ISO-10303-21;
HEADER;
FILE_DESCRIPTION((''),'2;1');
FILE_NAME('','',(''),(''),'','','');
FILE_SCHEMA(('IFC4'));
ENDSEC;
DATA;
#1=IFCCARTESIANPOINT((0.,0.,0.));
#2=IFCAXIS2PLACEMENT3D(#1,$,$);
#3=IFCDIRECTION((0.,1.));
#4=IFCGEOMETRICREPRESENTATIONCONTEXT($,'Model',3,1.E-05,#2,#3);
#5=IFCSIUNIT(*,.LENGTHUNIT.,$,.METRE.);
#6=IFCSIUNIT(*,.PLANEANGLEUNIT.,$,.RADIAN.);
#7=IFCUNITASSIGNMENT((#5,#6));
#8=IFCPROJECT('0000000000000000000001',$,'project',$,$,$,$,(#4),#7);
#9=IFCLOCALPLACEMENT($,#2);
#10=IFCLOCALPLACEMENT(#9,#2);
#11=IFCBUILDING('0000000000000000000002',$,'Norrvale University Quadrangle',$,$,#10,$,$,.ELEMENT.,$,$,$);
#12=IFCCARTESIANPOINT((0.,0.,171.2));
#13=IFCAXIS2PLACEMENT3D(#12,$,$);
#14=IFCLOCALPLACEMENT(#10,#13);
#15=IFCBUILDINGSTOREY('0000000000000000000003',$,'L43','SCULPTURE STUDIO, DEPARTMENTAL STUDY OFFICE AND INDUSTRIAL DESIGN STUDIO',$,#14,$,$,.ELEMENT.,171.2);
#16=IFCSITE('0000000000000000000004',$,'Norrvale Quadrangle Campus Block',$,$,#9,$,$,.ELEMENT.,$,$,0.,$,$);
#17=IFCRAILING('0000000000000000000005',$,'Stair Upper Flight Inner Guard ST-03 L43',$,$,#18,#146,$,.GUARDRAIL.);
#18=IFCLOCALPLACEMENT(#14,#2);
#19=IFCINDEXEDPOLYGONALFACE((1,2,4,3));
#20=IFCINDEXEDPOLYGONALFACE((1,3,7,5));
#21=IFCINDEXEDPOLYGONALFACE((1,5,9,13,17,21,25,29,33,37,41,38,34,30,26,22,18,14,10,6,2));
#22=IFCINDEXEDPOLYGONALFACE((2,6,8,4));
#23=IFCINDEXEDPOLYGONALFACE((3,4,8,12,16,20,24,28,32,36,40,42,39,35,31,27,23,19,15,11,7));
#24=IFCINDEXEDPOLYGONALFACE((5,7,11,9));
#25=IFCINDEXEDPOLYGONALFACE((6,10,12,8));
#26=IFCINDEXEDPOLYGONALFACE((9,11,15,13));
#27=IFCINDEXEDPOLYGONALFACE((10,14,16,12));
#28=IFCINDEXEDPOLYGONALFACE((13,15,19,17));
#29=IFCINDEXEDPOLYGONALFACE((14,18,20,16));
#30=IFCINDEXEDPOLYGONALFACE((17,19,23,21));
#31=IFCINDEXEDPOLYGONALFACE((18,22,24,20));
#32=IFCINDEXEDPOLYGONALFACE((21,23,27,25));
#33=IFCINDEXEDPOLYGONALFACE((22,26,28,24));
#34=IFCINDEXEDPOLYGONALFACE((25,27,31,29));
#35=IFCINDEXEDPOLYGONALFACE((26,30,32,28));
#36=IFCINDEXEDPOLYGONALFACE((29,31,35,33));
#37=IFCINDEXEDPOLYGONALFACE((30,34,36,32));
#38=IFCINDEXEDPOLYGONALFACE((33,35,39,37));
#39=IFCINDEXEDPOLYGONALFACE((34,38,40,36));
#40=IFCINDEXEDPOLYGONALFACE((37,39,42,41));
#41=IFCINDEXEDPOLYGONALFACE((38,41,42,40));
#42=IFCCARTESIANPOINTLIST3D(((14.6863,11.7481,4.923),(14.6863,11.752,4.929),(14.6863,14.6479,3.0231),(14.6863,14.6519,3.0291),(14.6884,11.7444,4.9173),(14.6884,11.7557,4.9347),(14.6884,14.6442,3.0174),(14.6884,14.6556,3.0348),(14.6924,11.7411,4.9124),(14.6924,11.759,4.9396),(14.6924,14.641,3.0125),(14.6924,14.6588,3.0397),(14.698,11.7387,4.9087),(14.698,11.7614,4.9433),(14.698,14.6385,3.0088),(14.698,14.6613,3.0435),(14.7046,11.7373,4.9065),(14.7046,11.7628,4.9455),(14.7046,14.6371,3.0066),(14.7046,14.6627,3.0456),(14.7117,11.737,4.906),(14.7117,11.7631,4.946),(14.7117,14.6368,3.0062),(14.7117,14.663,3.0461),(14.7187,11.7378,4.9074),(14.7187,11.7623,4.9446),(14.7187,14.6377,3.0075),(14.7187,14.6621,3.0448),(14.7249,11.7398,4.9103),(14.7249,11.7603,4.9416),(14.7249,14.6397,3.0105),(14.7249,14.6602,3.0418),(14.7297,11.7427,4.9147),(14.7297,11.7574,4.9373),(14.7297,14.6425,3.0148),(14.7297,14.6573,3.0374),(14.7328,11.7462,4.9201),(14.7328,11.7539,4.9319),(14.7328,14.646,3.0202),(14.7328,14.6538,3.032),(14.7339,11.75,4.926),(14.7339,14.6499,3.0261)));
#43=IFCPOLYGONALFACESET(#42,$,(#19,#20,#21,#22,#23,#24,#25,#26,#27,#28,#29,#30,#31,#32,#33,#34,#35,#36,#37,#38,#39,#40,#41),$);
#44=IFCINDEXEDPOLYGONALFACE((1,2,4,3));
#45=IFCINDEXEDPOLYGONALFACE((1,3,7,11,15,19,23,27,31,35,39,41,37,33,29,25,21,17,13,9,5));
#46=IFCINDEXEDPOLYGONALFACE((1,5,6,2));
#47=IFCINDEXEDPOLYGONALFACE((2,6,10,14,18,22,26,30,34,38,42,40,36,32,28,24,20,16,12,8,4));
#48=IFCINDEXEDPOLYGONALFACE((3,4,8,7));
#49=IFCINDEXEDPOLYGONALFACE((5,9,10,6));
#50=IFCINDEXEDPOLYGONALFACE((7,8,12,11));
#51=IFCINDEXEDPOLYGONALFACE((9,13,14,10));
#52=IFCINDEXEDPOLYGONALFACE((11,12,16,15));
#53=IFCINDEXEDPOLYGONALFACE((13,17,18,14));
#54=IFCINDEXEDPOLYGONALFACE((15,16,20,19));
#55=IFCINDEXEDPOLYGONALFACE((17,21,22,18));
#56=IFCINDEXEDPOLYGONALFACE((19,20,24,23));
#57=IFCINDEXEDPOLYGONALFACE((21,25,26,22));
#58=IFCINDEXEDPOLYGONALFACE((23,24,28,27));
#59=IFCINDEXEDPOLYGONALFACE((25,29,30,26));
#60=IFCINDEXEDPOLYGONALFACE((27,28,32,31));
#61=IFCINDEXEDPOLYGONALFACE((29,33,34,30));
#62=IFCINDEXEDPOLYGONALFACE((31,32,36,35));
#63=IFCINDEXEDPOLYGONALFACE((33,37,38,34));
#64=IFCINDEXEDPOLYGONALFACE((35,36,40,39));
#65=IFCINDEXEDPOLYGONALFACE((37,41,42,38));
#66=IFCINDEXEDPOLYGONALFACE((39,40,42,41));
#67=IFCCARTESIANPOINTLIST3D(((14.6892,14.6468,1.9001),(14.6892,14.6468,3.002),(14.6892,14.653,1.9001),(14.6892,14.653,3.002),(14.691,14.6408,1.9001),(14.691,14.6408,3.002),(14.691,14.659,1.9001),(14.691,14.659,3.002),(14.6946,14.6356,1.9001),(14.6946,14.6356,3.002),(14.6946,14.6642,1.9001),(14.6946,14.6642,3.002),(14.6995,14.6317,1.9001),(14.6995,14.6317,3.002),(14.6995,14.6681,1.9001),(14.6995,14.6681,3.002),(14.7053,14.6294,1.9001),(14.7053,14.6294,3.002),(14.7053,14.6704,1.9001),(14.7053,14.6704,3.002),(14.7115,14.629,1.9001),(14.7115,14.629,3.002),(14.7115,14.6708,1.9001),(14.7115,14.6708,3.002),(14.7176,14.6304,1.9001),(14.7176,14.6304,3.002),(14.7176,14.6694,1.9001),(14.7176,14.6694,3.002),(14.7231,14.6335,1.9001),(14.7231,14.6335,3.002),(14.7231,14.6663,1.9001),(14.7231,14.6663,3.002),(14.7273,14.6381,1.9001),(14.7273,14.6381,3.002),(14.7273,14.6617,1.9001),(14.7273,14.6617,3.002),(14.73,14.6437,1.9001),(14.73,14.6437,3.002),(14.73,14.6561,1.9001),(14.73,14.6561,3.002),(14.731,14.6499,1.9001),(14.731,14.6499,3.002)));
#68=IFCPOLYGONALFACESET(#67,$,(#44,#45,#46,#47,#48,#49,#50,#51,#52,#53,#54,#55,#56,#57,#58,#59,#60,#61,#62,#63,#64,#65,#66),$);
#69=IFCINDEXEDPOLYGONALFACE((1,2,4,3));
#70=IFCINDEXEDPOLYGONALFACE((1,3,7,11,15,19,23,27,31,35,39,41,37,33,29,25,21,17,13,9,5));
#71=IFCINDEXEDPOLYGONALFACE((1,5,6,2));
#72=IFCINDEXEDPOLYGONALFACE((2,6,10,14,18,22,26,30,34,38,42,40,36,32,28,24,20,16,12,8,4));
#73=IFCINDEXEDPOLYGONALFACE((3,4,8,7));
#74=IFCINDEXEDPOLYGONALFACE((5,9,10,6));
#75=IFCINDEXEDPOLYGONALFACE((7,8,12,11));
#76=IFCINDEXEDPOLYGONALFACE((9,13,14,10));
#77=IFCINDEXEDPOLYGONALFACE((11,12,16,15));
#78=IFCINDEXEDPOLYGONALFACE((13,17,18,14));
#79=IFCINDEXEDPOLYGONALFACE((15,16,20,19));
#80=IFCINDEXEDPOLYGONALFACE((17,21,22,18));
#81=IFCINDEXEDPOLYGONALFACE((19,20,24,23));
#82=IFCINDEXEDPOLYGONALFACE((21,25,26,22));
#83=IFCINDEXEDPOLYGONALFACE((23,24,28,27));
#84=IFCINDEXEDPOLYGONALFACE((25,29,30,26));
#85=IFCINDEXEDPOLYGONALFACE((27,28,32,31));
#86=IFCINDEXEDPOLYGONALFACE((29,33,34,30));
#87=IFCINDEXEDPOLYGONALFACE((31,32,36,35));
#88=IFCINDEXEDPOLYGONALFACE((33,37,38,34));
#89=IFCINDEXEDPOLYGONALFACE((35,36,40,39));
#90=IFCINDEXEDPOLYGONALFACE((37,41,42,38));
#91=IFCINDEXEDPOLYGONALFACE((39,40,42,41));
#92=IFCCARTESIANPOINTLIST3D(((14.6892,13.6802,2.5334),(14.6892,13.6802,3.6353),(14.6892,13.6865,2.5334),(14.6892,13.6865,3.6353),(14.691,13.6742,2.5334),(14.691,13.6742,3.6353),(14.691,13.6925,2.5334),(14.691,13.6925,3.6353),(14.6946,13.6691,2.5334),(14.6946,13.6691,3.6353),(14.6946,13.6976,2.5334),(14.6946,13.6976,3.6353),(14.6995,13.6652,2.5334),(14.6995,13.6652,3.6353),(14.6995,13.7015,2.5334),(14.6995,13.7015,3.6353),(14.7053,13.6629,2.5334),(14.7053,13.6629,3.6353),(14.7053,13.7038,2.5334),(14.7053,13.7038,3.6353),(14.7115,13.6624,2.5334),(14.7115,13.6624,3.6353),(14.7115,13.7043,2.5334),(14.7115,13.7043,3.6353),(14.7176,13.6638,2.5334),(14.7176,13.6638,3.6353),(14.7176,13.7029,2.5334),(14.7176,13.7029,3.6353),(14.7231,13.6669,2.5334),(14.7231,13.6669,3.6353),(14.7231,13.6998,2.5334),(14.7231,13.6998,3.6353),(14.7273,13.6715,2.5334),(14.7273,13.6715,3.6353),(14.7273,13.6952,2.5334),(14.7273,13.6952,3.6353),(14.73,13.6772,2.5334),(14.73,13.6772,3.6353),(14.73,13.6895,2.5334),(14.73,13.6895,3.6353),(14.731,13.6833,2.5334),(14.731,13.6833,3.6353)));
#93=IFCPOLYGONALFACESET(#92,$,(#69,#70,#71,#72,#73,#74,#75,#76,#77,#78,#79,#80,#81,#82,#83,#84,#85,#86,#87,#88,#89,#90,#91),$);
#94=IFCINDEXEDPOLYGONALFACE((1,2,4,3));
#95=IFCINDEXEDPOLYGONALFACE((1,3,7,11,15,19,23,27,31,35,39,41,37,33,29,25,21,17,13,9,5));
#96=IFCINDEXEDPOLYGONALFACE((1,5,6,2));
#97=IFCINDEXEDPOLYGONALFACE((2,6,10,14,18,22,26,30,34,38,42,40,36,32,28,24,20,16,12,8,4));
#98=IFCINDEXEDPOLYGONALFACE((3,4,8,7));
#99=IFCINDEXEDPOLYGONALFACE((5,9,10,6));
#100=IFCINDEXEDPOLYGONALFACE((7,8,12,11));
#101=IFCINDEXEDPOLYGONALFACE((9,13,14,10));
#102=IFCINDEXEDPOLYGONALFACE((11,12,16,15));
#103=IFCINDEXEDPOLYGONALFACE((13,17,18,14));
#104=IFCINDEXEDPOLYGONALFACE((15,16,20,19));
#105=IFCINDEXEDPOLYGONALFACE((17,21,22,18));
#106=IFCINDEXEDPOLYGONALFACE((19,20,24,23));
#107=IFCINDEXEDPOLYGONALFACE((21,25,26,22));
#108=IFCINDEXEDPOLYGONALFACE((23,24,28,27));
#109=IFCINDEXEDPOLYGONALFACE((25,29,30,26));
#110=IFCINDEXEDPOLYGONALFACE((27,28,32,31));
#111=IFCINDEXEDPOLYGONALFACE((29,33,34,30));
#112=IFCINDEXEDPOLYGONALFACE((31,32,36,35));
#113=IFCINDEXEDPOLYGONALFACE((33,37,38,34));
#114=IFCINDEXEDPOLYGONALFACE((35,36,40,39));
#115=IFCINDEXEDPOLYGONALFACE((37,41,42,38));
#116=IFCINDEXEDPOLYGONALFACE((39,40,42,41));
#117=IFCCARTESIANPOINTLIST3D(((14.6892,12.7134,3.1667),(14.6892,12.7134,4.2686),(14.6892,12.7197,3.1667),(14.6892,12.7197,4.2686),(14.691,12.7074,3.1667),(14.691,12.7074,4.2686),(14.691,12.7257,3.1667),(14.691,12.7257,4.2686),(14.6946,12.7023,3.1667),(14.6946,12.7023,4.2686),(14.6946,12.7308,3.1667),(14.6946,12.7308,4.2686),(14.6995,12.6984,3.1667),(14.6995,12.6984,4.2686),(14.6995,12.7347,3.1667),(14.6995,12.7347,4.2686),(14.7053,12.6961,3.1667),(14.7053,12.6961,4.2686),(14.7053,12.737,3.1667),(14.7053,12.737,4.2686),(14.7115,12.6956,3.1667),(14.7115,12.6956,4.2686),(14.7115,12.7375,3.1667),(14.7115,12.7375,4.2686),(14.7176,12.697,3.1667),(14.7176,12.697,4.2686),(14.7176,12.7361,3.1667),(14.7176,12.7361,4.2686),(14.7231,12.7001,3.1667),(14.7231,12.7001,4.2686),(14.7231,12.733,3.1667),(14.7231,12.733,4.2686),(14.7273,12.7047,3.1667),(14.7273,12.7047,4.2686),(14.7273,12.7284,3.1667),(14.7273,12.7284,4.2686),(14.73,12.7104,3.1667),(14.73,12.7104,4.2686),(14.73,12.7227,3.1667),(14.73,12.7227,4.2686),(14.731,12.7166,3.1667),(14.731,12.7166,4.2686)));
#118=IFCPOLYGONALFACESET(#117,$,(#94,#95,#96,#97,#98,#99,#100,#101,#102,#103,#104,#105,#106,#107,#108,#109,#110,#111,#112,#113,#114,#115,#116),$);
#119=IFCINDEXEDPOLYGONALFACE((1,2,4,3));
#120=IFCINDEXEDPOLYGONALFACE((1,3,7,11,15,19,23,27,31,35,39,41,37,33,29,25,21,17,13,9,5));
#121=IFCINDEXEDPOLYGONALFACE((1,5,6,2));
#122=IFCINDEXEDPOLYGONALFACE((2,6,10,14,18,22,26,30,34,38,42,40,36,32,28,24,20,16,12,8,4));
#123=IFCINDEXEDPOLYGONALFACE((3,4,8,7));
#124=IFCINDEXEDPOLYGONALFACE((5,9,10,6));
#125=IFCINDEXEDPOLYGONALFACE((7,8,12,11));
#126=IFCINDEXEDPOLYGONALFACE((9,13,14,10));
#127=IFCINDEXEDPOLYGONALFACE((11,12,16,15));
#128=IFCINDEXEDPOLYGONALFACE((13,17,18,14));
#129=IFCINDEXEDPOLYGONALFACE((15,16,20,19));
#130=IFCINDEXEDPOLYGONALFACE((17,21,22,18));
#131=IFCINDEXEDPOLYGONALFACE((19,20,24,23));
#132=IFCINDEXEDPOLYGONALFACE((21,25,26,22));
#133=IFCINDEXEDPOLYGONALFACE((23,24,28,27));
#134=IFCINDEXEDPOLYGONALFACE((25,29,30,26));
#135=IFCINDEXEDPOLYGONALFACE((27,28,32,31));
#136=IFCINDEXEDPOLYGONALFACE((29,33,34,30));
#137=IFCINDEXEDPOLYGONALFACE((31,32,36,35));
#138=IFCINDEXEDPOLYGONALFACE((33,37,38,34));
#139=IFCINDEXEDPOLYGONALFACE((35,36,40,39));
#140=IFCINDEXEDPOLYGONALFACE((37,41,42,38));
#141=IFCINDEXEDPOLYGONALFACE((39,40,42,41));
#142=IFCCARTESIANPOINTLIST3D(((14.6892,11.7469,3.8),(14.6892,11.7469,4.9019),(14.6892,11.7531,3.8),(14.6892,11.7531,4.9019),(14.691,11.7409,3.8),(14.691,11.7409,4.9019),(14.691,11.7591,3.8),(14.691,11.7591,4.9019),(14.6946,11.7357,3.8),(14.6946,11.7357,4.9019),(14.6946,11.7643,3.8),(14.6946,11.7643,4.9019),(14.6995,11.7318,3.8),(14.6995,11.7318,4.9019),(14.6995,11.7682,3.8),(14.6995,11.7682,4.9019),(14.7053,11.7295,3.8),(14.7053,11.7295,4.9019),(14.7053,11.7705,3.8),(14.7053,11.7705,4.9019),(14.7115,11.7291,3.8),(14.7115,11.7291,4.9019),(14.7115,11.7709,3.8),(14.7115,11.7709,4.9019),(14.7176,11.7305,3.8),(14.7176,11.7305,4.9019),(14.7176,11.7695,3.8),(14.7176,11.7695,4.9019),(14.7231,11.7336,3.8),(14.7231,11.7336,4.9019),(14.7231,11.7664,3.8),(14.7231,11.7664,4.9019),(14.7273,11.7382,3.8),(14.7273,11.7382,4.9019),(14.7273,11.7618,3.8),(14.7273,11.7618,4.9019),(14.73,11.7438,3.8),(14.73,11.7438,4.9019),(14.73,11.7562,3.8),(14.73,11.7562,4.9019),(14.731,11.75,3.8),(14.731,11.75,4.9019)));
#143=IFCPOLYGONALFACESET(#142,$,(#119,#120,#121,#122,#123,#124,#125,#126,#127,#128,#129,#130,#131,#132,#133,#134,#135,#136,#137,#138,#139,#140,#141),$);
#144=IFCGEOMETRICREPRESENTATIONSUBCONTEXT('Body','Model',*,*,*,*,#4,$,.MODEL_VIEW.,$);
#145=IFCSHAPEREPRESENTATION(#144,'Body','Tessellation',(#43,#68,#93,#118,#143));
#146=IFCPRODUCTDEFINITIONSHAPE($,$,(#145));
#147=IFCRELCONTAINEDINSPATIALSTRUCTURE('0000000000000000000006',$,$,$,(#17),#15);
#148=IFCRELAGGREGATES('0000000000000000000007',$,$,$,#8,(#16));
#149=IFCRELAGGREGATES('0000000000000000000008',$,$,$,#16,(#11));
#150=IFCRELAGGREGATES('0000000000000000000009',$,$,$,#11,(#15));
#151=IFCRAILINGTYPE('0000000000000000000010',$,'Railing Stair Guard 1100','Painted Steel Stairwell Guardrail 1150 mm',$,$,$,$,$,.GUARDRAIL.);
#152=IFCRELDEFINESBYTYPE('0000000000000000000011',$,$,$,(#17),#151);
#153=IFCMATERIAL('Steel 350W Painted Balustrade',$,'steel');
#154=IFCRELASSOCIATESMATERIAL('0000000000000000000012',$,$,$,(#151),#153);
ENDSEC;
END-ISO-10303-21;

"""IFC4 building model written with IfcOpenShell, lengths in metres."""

from ifc_helpers import new_model, si_unit, direction, frame, origin, origin_2d, place, context, subcontext, project, spatial, circle, extrude, material, type_object, element, save


model = new_model("IFC4")

# Units and contexts
model_context = context("Model", 3, precision=1e-05, world=origin(), true_north=direction((0.0, 1.0)))
body_context = subcontext(model_context, "Body", "Model", "MODEL_VIEW")
ifc_project = project(units=[si_unit("LENGTHUNIT", "METRE"), si_unit("PLANEANGLEUNIT", "RADIAN")], contexts=[model_context])

# Site, building, storey
site_placement = place(None, origin())
site = spatial("IfcSite", under=ifc_project, at=site_placement, Name="Norrvale Quadrangle Campus Block", CompositionType="ELEMENT", RefElevation=0.0)
building_placement = place(site_placement, origin())
building = spatial("IfcBuilding", under=site, at=building_placement, Name="Norrvale University Quadrangle", CompositionType="ELEMENT")
storey_placement = place(building_placement, frame((0.0, 0.0, 171.2)))
storey = spatial("IfcBuildingStorey", under=building, at=storey_placement, Name="L43", Description="SCULPTURE STUDIO, DEPARTMENTAL STUDY OFFICE AND INDUSTRIAL DESIGN STUDIO", CompositionType="ELEMENT", Elevation=171.2)

# Railing
ifc_material_1 = material(Name="Steel 350W Painted Balustrade", Category="steel")
railing_type_1 = type_object("IfcRailingType", Name="Railing Stair Guard 1100", Description="Painted Steel Stairwell Guardrail 1150 mm", PredefinedType="GUARDRAIL", material=ifc_material_1)
railing_1_placement = place(storey_placement, frame((14.71, 14.6499, 1.9001)))
element("IfcRailing", 1, at=railing_1_placement, inside=storey, type_object=railing_type_1, Name="Stair Upper Flight Inner Guard ST-03 L43", PredefinedType="GUARDRAIL", context=body_context, shape_type="SweptSolid", body=[
    extrude(circle(Radius=0.0239, at=origin_2d()), frame((0.0, 0.0, 1.126), z_axis=(0.0, -0.836466, 0.548019), x_axis=(1.0, 0.0, 0.0)), (0.0, 0.0, 1.0), 3.4668),
    extrude(circle(Radius=0.021, at=origin_2d()), origin(), (0.0, 0.0, 1.0), 1.1018),
    extrude(circle(Radius=0.021, at=origin_2d()), frame((0.0, -0.9666, 0.6333)), (0.0, 0.0, 1.0), 1.1018),
    extrude(circle(Radius=0.021, at=origin_2d()), frame((0.0, -1.9333, 1.2666)), (0.0, 0.0, 1.0), 1.1018),
    extrude(circle(Radius=0.021, at=origin_2d()), frame((0.0, -2.8999, 1.8999)), (0.0, 0.0, 1.0), 1.1018),
])

save(model, "model.ifc")
